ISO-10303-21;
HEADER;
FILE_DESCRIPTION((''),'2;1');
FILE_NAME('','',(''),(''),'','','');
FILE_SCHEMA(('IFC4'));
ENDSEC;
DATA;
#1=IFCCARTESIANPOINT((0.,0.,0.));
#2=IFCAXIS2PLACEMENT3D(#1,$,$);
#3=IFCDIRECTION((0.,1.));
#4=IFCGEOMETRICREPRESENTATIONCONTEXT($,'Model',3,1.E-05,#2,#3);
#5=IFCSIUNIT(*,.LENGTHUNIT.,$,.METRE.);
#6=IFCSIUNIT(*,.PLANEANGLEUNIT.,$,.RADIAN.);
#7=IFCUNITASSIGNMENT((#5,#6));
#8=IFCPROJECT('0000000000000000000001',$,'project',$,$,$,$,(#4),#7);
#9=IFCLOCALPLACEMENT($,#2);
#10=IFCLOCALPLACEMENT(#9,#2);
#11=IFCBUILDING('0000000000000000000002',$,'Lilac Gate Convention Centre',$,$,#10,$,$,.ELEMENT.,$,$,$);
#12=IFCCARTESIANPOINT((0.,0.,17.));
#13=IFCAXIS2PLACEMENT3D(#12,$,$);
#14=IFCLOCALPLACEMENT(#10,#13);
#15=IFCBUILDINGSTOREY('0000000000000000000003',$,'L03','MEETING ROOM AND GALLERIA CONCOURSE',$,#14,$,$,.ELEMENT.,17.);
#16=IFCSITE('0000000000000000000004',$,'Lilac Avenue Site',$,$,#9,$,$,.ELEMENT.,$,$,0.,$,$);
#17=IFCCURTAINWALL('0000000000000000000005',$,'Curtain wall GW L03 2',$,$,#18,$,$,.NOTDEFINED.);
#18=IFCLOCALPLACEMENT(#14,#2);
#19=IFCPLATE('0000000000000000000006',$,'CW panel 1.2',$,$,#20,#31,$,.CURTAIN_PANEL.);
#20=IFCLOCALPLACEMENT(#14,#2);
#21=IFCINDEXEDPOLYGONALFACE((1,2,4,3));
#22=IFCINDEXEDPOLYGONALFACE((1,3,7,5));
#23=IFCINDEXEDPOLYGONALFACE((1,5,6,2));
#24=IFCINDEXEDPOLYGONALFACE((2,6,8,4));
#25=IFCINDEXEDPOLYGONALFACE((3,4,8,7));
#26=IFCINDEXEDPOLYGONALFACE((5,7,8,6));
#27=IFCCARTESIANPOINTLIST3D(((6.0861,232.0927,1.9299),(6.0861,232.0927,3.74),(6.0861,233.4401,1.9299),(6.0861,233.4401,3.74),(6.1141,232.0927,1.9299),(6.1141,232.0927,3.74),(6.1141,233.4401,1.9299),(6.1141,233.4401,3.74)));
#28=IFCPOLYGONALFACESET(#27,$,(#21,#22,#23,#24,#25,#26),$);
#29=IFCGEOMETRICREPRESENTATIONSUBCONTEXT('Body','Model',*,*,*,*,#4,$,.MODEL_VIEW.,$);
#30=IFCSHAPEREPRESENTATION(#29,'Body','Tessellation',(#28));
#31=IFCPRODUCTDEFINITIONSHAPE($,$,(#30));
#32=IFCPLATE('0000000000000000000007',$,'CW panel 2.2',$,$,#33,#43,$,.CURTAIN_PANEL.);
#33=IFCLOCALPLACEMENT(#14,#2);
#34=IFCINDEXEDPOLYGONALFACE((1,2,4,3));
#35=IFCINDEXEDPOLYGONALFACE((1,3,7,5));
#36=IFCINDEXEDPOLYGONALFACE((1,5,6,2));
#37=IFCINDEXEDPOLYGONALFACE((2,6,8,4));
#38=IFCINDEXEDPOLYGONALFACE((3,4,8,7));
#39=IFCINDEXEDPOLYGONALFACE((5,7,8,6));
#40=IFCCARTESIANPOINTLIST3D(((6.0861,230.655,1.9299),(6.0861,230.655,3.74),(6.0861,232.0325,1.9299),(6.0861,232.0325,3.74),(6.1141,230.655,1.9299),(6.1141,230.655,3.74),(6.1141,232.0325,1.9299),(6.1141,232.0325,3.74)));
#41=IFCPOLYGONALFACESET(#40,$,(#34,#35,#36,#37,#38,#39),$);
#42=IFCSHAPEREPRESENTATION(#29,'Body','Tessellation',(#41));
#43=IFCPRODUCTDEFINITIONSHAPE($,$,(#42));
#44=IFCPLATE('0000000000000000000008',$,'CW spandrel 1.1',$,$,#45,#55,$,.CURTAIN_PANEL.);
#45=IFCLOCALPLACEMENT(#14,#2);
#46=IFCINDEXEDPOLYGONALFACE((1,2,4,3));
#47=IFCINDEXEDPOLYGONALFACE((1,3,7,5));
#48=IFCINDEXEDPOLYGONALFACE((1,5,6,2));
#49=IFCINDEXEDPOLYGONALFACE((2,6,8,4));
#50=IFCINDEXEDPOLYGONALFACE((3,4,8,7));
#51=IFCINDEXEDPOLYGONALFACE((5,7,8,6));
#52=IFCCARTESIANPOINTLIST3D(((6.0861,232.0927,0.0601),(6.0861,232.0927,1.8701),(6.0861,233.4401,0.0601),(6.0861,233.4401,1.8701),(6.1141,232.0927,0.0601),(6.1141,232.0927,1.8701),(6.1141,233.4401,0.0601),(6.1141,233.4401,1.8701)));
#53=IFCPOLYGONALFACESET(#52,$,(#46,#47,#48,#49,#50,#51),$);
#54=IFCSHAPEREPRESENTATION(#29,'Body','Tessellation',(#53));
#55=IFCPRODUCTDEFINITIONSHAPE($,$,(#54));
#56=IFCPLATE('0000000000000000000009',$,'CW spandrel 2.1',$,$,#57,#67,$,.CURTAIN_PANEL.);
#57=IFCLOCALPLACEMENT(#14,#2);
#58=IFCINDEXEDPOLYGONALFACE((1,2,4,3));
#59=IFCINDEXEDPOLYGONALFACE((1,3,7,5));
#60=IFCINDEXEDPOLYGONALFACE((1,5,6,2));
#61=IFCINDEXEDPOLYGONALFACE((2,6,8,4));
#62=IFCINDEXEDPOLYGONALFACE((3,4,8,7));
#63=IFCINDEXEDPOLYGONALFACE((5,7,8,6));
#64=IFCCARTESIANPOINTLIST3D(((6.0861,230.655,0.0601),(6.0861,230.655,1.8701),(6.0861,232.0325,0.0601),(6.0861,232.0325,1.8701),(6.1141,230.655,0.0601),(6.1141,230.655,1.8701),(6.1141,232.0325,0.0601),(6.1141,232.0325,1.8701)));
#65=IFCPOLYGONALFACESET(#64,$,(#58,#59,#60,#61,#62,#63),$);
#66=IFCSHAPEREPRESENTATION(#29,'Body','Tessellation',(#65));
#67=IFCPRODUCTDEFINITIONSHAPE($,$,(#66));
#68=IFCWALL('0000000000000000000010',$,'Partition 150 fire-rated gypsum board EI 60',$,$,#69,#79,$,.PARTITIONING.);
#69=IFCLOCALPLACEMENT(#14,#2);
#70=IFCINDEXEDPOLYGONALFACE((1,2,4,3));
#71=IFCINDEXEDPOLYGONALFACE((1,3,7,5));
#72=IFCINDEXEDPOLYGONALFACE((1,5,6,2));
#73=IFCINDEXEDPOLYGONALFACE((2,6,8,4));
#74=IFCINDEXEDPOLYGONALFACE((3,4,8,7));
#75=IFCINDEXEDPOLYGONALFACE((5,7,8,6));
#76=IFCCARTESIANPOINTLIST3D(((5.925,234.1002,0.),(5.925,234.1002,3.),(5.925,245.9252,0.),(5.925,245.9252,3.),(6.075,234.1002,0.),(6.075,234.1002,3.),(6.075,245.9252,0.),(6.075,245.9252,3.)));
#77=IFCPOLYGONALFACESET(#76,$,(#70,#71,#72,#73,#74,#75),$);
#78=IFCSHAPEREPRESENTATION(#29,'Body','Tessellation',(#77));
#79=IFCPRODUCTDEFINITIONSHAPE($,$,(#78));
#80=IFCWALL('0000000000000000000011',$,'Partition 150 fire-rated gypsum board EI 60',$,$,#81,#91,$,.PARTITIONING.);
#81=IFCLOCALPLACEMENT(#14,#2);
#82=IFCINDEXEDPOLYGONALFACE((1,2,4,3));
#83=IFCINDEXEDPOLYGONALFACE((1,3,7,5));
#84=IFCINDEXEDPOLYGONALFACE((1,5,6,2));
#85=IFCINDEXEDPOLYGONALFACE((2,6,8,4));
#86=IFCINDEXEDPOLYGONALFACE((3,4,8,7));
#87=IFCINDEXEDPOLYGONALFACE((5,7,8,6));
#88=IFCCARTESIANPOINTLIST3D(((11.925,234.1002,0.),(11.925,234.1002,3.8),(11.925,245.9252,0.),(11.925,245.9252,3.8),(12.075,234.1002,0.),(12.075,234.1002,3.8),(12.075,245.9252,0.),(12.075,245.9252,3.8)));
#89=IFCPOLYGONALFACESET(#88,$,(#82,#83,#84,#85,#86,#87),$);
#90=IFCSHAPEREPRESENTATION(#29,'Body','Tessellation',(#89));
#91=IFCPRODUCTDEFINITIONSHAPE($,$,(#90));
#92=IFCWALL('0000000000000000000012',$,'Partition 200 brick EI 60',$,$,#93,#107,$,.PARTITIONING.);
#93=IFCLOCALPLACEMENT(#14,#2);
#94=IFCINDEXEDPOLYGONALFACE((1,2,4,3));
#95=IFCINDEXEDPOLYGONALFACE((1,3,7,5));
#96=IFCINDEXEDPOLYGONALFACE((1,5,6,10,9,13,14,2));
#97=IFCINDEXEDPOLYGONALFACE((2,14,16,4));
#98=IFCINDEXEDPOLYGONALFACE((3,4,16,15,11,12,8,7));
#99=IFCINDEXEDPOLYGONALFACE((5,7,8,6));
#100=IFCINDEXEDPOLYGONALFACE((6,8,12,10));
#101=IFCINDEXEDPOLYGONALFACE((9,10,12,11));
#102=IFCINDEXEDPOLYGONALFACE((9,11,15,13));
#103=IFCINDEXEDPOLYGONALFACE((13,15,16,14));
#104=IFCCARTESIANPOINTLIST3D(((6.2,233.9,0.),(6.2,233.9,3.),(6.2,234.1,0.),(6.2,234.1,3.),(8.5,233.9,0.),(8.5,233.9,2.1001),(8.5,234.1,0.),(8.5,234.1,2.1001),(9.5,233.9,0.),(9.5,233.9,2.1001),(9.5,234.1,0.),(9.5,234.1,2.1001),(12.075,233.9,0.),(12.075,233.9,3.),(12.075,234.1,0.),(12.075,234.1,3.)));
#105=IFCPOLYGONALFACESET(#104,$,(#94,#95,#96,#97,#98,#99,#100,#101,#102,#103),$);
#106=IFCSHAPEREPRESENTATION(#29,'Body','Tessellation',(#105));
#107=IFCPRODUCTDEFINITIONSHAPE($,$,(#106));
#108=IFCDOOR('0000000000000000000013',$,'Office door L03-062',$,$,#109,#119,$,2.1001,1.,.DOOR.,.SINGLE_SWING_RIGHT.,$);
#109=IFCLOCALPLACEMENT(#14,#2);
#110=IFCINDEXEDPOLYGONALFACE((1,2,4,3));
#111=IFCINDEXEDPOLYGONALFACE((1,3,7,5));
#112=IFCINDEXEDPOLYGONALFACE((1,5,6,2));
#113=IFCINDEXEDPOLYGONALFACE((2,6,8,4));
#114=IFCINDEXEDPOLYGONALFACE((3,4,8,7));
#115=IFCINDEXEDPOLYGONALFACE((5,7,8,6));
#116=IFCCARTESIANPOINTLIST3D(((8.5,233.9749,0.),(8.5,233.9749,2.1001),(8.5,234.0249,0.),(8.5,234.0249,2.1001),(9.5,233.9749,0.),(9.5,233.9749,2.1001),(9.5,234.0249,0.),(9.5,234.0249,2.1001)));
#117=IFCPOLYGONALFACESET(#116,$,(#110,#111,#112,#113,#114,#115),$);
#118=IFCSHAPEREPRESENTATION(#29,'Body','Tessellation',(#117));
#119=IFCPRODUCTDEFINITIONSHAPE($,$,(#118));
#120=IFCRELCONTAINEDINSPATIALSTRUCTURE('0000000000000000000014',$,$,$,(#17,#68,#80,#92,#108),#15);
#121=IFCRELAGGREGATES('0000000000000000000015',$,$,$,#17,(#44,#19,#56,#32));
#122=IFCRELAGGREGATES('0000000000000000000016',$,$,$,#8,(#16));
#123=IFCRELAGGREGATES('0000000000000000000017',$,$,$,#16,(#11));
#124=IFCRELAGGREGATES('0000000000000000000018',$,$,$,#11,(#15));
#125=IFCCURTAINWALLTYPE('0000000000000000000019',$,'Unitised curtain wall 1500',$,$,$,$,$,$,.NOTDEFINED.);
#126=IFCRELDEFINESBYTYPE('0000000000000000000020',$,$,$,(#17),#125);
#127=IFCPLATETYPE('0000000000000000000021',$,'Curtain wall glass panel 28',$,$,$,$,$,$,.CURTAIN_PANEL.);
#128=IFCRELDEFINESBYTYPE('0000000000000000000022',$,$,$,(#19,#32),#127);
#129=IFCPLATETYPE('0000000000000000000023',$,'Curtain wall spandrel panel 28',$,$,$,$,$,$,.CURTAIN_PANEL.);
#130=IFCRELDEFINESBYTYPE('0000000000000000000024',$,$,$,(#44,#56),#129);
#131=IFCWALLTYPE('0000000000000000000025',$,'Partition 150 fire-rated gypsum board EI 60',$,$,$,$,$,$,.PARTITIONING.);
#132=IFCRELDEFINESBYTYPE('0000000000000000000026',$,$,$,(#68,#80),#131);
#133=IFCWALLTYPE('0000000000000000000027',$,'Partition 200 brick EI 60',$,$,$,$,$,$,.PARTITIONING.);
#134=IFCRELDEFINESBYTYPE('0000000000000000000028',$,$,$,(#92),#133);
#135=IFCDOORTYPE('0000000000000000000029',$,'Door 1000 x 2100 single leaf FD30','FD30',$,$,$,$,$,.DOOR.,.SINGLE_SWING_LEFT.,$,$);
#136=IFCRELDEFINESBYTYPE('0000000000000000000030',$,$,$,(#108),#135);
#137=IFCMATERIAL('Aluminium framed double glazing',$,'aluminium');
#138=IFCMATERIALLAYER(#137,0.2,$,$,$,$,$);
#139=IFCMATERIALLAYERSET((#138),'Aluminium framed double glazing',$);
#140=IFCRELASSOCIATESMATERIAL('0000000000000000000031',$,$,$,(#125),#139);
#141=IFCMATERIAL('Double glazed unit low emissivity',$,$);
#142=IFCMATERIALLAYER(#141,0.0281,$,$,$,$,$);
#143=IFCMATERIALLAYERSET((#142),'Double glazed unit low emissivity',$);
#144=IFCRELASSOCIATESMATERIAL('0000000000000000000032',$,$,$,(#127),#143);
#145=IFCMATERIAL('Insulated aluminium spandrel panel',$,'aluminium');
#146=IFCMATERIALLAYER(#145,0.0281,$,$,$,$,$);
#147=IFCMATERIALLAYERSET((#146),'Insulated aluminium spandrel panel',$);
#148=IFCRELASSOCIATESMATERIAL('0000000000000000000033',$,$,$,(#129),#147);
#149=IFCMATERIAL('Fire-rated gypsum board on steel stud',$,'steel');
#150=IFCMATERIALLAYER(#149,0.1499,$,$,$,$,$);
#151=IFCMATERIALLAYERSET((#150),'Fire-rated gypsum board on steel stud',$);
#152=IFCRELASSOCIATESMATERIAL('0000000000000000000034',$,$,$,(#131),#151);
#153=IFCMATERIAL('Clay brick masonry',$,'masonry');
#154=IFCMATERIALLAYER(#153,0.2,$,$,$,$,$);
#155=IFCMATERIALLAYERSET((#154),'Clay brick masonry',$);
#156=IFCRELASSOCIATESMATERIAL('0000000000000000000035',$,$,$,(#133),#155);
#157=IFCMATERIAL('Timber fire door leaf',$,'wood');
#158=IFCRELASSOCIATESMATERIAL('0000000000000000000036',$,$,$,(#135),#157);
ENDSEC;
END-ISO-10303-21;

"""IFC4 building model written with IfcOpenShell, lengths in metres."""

from ifc_helpers import new_model, si_unit, direction, frame, frame_2d, origin, origin_2d, place, context, subcontext, project, spatial, rectangle, extrude, material, layer, layer_set, type_object, element, fill, aggregate, save


model = new_model("IFC4")

# Units and contexts
model_context = context("Model", 3, precision=1e-05, world=origin(), true_north=direction((0.0, 1.0)))
body_context = subcontext(model_context, "Body", "Model", "MODEL_VIEW")
ifc_project = project(units=[si_unit("LENGTHUNIT", "METRE"), si_unit("PLANEANGLEUNIT", "RADIAN")], contexts=[model_context])

# Site, building, storey
site_placement = place(None, origin())
site = spatial("IfcSite", under=ifc_project, at=site_placement, Name="Lilac Avenue Site", CompositionType="ELEMENT", RefElevation=0.0)
building_placement = place(site_placement, origin())
building = spatial("IfcBuilding", under=site, at=building_placement, Name="Lilac Gate Convention Centre", CompositionType="ELEMENT")
storey_placement = place(building_placement, frame((0.0, 0.0, 17.0)))
storey = spatial("IfcBuildingStorey", under=building, at=storey_placement, Name="L03", Description="MEETING ROOM AND GALLERIA CONCOURSE", CompositionType="ELEMENT", Elevation=17.0)

# Shared definitions
ifc_material_1 = material(Name="Aluminium framed double glazing", Category="aluminium")
ifc_layer_1 = layer(ifc_material_1, 0.2)
ifc_layer_set_1 = layer_set([ifc_layer_1], Name="Aluminium framed double glazing")
curtain_wall_type = type_object("IfcCurtainWallType", Name="Unitised curtain wall 1500", PredefinedType="NOTDEFINED", material=ifc_layer_set_1)

# Curtain wall
curtain_wall_1_placement = place(storey_placement, origin())
curtain_wall_1 = element("IfcCurtainWall", 1, at=curtain_wall_1_placement, inside=storey, type_object=curtain_wall_type, Name="Curtain wall GW L03 2", PredefinedType="NOTDEFINED")

# Plates
ifc_material_2 = material(Name="Double glazed unit low emissivity")
ifc_layer_2 = layer(ifc_material_2, 0.0281)
ifc_layer_set_2 = layer_set([ifc_layer_2], Name="Double glazed unit low emissivity")
plate_type_1 = type_object("IfcPlateType", Name="Curtain wall glass panel 28", PredefinedType="CURTAIN_PANEL", material=ifc_layer_set_2)
plate_1_placement = place(storey_placement, frame((6.1001, 232.7664, 1.9299), z_axis=(0.0, 0.0, 1.0), x_axis=(0.0, -1.0, 0.0)))
plate_1 = element("IfcPlate", 2, at=plate_1_placement, type_object=plate_type_1, Name="CW panel 1.2", PredefinedType="CURTAIN_PANEL", context=body_context, shape_type="SweptSolid", body=[
    extrude(rectangle(XDim=1.3474, YDim=0.0281, at=origin_2d()), origin(), (0.0, 0.0, 1.0), 1.8101),
])
plate_2_placement = place(storey_placement, frame((6.1001, 231.3438, 1.9299), z_axis=(0.0, 0.0, 1.0), x_axis=(0.0, -1.0, 0.0)))
plate_2 = element("IfcPlate", 3, at=plate_2_placement, type_object=plate_type_1, Name="CW panel 2.2", PredefinedType="CURTAIN_PANEL", context=body_context, shape_type="SweptSolid", body=[
    extrude(rectangle(XDim=1.3774, YDim=0.0281, at=origin_2d()), origin(), (0.0, 0.0, 1.0), 1.8101),
])
ifc_material_3 = material(Name="Insulated aluminium spandrel panel", Category="aluminium")
ifc_layer_3 = layer(ifc_material_3, 0.0281)
ifc_layer_set_3 = layer_set([ifc_layer_3], Name="Insulated aluminium spandrel panel")
plate_type_2 = type_object("IfcPlateType", Name="Curtain wall spandrel panel 28", PredefinedType="CURTAIN_PANEL", material=ifc_layer_set_3)
plate_3_placement = place(storey_placement, frame((6.1001, 232.7664, 0.0601), z_axis=(0.0, 0.0, 1.0), x_axis=(0.0, -1.0, 0.0)))
plate_3 = element("IfcPlate", 4, at=plate_3_placement, type_object=plate_type_2, Name="CW spandrel 1.1", PredefinedType="CURTAIN_PANEL", context=body_context, shape_type="SweptSolid", body=[
    extrude(rectangle(XDim=1.3474, YDim=0.0281, at=origin_2d()), origin(), (0.0, 0.0, 1.0), 1.8101),
])
plate_4_placement = place(storey_placement, frame((6.1001, 231.3438, 0.0601), z_axis=(0.0, 0.0, 1.0), x_axis=(0.0, -1.0, 0.0)))
plate_4 = element("IfcPlate", 5, at=plate_4_placement, type_object=plate_type_2, Name="CW spandrel 2.1", PredefinedType="CURTAIN_PANEL", context=body_context, shape_type="SweptSolid", body=[
    extrude(rectangle(XDim=1.3774, YDim=0.0281, at=origin_2d()), origin(), (0.0, 0.0, 1.0), 1.8101),
])
aggregate(curtain_wall_1, [plate_3, plate_1, plate_4, plate_2])

# Walls
ifc_material_4 = material(Name="Fire-rated gypsum board on steel stud", Category="steel")
ifc_layer_4 = layer(ifc_material_4, 0.1499)
ifc_layer_set_4 = layer_set([ifc_layer_4], Name="Fire-rated gypsum board on steel stud")
wall_type_1 = type_object("IfcWallType", Name="Partition 150 fire-rated gypsum board EI 60", PredefinedType="PARTITIONING", material=ifc_layer_set_4)
wall_1_placement = place(storey_placement, frame((6.0, 234.1001, 0.0), z_axis=(0.0, 0.0, 1.0), x_axis=(0.0, 1.0, 0.0)))
element("IfcWall", 6, at=wall_1_placement, inside=storey, type_object=wall_type_1, Name="Partition 150 fire-rated gypsum board EI 60", PredefinedType="PARTITIONING", context=body_context, shape_type="SweptSolid", body=[
    extrude(rectangle(XDim=11.825, YDim=0.1499, at=frame_2d((5.9126, 0.0))), origin(), (0.0, 0.0, 1.0), 3.0),
])
wall_2_placement = place(storey_placement, frame((12.0, 234.1001, 0.0), z_axis=(0.0, 0.0, 1.0), x_axis=(0.0, 1.0, 0.0)))
element("IfcWall", 7, at=wall_2_placement, inside=storey, type_object=wall_type_1, Name="Partition 150 fire-rated gypsum board EI 60", PredefinedType="PARTITIONING", context=body_context, shape_type="SweptSolid", body=[
    extrude(rectangle(XDim=11.825, YDim=0.1499, at=frame_2d((5.9126, 0.0))), origin(), (0.0, 0.0, 1.0), 3.8),
])

# Wall, opening, door
ifc_material_5 = material(Name="Clay brick masonry", Category="masonry")
ifc_layer_5 = layer(ifc_material_5, 0.2)
ifc_layer_set_5 = layer_set([ifc_layer_5], Name="Clay brick masonry")
wall_type_2 = type_object("IfcWallType", Name="Partition 200 brick EI 60", PredefinedType="PARTITIONING", material=ifc_layer_set_5)
wall_3_placement = place(storey_placement, frame((6.2, 234.0, 0.0), z_axis=(0.0, 0.0, 1.0), x_axis=(1.0, 0.0, 0.0)))
wall_3 = element("IfcWall", 8, at=wall_3_placement, inside=storey, type_object=wall_type_2, Name="Partition 200 brick EI 60", PredefinedType="PARTITIONING", context=body_context, shape_type="SweptSolid", body=[
    extrude(rectangle(XDim=5.875, YDim=0.2, at=frame_2d((2.9375, 0.0))), origin(), (0.0, 0.0, 1.0), 3.0),
])
opening_placement = place(wall_3_placement, frame((2.3, 0.0, 0.0)))
opening = element("IfcOpeningElement", 9, at=opening_placement, cuts=wall_3, PredefinedType="OPENING", context=body_context, shape_type="SweptSolid", body=[
    extrude(rectangle(XDim=1.0, YDim=2.1001, at=frame_2d((0.5, 1.05))), frame((0.0, 0.1099, 0.0), z_axis=(0.0, -1.0, 0.0), x_axis=(1.0, 0.0, 0.0)), (0.0, 0.0, 1.0), 0.22),
])
ifc_material_6 = material(Name="Timber fire door leaf", Category="wood")
door_type = type_object("IfcDoorType", Name="Door 1000 x 2100 single leaf FD30", Description="FD30", OperationType="SINGLE_SWING_LEFT", PredefinedType="DOOR", material=ifc_material_6)
door_placement = place(opening_placement, origin())
door = element("IfcDoor", 10, at=door_placement, inside=storey, type_object=door_type, Name="Office door L03-062", OperationType="SINGLE_SWING_RIGHT", OverallHeight=2.1001, OverallWidth=1.0, PredefinedType="DOOR", context=body_context, shape_type="SweptSolid", body=[
    extrude(rectangle(XDim=1.0, YDim=2.1001, at=frame_2d((0.5, 1.05))), frame((0.0, 0.0249, 0.0), z_axis=(0.0, -1.0, 0.0), x_axis=(1.0, 0.0, 0.0)), (0.0, 0.0, 1.0), 0.05),
])
fill(opening, door)

save(model, "model.ifc")
